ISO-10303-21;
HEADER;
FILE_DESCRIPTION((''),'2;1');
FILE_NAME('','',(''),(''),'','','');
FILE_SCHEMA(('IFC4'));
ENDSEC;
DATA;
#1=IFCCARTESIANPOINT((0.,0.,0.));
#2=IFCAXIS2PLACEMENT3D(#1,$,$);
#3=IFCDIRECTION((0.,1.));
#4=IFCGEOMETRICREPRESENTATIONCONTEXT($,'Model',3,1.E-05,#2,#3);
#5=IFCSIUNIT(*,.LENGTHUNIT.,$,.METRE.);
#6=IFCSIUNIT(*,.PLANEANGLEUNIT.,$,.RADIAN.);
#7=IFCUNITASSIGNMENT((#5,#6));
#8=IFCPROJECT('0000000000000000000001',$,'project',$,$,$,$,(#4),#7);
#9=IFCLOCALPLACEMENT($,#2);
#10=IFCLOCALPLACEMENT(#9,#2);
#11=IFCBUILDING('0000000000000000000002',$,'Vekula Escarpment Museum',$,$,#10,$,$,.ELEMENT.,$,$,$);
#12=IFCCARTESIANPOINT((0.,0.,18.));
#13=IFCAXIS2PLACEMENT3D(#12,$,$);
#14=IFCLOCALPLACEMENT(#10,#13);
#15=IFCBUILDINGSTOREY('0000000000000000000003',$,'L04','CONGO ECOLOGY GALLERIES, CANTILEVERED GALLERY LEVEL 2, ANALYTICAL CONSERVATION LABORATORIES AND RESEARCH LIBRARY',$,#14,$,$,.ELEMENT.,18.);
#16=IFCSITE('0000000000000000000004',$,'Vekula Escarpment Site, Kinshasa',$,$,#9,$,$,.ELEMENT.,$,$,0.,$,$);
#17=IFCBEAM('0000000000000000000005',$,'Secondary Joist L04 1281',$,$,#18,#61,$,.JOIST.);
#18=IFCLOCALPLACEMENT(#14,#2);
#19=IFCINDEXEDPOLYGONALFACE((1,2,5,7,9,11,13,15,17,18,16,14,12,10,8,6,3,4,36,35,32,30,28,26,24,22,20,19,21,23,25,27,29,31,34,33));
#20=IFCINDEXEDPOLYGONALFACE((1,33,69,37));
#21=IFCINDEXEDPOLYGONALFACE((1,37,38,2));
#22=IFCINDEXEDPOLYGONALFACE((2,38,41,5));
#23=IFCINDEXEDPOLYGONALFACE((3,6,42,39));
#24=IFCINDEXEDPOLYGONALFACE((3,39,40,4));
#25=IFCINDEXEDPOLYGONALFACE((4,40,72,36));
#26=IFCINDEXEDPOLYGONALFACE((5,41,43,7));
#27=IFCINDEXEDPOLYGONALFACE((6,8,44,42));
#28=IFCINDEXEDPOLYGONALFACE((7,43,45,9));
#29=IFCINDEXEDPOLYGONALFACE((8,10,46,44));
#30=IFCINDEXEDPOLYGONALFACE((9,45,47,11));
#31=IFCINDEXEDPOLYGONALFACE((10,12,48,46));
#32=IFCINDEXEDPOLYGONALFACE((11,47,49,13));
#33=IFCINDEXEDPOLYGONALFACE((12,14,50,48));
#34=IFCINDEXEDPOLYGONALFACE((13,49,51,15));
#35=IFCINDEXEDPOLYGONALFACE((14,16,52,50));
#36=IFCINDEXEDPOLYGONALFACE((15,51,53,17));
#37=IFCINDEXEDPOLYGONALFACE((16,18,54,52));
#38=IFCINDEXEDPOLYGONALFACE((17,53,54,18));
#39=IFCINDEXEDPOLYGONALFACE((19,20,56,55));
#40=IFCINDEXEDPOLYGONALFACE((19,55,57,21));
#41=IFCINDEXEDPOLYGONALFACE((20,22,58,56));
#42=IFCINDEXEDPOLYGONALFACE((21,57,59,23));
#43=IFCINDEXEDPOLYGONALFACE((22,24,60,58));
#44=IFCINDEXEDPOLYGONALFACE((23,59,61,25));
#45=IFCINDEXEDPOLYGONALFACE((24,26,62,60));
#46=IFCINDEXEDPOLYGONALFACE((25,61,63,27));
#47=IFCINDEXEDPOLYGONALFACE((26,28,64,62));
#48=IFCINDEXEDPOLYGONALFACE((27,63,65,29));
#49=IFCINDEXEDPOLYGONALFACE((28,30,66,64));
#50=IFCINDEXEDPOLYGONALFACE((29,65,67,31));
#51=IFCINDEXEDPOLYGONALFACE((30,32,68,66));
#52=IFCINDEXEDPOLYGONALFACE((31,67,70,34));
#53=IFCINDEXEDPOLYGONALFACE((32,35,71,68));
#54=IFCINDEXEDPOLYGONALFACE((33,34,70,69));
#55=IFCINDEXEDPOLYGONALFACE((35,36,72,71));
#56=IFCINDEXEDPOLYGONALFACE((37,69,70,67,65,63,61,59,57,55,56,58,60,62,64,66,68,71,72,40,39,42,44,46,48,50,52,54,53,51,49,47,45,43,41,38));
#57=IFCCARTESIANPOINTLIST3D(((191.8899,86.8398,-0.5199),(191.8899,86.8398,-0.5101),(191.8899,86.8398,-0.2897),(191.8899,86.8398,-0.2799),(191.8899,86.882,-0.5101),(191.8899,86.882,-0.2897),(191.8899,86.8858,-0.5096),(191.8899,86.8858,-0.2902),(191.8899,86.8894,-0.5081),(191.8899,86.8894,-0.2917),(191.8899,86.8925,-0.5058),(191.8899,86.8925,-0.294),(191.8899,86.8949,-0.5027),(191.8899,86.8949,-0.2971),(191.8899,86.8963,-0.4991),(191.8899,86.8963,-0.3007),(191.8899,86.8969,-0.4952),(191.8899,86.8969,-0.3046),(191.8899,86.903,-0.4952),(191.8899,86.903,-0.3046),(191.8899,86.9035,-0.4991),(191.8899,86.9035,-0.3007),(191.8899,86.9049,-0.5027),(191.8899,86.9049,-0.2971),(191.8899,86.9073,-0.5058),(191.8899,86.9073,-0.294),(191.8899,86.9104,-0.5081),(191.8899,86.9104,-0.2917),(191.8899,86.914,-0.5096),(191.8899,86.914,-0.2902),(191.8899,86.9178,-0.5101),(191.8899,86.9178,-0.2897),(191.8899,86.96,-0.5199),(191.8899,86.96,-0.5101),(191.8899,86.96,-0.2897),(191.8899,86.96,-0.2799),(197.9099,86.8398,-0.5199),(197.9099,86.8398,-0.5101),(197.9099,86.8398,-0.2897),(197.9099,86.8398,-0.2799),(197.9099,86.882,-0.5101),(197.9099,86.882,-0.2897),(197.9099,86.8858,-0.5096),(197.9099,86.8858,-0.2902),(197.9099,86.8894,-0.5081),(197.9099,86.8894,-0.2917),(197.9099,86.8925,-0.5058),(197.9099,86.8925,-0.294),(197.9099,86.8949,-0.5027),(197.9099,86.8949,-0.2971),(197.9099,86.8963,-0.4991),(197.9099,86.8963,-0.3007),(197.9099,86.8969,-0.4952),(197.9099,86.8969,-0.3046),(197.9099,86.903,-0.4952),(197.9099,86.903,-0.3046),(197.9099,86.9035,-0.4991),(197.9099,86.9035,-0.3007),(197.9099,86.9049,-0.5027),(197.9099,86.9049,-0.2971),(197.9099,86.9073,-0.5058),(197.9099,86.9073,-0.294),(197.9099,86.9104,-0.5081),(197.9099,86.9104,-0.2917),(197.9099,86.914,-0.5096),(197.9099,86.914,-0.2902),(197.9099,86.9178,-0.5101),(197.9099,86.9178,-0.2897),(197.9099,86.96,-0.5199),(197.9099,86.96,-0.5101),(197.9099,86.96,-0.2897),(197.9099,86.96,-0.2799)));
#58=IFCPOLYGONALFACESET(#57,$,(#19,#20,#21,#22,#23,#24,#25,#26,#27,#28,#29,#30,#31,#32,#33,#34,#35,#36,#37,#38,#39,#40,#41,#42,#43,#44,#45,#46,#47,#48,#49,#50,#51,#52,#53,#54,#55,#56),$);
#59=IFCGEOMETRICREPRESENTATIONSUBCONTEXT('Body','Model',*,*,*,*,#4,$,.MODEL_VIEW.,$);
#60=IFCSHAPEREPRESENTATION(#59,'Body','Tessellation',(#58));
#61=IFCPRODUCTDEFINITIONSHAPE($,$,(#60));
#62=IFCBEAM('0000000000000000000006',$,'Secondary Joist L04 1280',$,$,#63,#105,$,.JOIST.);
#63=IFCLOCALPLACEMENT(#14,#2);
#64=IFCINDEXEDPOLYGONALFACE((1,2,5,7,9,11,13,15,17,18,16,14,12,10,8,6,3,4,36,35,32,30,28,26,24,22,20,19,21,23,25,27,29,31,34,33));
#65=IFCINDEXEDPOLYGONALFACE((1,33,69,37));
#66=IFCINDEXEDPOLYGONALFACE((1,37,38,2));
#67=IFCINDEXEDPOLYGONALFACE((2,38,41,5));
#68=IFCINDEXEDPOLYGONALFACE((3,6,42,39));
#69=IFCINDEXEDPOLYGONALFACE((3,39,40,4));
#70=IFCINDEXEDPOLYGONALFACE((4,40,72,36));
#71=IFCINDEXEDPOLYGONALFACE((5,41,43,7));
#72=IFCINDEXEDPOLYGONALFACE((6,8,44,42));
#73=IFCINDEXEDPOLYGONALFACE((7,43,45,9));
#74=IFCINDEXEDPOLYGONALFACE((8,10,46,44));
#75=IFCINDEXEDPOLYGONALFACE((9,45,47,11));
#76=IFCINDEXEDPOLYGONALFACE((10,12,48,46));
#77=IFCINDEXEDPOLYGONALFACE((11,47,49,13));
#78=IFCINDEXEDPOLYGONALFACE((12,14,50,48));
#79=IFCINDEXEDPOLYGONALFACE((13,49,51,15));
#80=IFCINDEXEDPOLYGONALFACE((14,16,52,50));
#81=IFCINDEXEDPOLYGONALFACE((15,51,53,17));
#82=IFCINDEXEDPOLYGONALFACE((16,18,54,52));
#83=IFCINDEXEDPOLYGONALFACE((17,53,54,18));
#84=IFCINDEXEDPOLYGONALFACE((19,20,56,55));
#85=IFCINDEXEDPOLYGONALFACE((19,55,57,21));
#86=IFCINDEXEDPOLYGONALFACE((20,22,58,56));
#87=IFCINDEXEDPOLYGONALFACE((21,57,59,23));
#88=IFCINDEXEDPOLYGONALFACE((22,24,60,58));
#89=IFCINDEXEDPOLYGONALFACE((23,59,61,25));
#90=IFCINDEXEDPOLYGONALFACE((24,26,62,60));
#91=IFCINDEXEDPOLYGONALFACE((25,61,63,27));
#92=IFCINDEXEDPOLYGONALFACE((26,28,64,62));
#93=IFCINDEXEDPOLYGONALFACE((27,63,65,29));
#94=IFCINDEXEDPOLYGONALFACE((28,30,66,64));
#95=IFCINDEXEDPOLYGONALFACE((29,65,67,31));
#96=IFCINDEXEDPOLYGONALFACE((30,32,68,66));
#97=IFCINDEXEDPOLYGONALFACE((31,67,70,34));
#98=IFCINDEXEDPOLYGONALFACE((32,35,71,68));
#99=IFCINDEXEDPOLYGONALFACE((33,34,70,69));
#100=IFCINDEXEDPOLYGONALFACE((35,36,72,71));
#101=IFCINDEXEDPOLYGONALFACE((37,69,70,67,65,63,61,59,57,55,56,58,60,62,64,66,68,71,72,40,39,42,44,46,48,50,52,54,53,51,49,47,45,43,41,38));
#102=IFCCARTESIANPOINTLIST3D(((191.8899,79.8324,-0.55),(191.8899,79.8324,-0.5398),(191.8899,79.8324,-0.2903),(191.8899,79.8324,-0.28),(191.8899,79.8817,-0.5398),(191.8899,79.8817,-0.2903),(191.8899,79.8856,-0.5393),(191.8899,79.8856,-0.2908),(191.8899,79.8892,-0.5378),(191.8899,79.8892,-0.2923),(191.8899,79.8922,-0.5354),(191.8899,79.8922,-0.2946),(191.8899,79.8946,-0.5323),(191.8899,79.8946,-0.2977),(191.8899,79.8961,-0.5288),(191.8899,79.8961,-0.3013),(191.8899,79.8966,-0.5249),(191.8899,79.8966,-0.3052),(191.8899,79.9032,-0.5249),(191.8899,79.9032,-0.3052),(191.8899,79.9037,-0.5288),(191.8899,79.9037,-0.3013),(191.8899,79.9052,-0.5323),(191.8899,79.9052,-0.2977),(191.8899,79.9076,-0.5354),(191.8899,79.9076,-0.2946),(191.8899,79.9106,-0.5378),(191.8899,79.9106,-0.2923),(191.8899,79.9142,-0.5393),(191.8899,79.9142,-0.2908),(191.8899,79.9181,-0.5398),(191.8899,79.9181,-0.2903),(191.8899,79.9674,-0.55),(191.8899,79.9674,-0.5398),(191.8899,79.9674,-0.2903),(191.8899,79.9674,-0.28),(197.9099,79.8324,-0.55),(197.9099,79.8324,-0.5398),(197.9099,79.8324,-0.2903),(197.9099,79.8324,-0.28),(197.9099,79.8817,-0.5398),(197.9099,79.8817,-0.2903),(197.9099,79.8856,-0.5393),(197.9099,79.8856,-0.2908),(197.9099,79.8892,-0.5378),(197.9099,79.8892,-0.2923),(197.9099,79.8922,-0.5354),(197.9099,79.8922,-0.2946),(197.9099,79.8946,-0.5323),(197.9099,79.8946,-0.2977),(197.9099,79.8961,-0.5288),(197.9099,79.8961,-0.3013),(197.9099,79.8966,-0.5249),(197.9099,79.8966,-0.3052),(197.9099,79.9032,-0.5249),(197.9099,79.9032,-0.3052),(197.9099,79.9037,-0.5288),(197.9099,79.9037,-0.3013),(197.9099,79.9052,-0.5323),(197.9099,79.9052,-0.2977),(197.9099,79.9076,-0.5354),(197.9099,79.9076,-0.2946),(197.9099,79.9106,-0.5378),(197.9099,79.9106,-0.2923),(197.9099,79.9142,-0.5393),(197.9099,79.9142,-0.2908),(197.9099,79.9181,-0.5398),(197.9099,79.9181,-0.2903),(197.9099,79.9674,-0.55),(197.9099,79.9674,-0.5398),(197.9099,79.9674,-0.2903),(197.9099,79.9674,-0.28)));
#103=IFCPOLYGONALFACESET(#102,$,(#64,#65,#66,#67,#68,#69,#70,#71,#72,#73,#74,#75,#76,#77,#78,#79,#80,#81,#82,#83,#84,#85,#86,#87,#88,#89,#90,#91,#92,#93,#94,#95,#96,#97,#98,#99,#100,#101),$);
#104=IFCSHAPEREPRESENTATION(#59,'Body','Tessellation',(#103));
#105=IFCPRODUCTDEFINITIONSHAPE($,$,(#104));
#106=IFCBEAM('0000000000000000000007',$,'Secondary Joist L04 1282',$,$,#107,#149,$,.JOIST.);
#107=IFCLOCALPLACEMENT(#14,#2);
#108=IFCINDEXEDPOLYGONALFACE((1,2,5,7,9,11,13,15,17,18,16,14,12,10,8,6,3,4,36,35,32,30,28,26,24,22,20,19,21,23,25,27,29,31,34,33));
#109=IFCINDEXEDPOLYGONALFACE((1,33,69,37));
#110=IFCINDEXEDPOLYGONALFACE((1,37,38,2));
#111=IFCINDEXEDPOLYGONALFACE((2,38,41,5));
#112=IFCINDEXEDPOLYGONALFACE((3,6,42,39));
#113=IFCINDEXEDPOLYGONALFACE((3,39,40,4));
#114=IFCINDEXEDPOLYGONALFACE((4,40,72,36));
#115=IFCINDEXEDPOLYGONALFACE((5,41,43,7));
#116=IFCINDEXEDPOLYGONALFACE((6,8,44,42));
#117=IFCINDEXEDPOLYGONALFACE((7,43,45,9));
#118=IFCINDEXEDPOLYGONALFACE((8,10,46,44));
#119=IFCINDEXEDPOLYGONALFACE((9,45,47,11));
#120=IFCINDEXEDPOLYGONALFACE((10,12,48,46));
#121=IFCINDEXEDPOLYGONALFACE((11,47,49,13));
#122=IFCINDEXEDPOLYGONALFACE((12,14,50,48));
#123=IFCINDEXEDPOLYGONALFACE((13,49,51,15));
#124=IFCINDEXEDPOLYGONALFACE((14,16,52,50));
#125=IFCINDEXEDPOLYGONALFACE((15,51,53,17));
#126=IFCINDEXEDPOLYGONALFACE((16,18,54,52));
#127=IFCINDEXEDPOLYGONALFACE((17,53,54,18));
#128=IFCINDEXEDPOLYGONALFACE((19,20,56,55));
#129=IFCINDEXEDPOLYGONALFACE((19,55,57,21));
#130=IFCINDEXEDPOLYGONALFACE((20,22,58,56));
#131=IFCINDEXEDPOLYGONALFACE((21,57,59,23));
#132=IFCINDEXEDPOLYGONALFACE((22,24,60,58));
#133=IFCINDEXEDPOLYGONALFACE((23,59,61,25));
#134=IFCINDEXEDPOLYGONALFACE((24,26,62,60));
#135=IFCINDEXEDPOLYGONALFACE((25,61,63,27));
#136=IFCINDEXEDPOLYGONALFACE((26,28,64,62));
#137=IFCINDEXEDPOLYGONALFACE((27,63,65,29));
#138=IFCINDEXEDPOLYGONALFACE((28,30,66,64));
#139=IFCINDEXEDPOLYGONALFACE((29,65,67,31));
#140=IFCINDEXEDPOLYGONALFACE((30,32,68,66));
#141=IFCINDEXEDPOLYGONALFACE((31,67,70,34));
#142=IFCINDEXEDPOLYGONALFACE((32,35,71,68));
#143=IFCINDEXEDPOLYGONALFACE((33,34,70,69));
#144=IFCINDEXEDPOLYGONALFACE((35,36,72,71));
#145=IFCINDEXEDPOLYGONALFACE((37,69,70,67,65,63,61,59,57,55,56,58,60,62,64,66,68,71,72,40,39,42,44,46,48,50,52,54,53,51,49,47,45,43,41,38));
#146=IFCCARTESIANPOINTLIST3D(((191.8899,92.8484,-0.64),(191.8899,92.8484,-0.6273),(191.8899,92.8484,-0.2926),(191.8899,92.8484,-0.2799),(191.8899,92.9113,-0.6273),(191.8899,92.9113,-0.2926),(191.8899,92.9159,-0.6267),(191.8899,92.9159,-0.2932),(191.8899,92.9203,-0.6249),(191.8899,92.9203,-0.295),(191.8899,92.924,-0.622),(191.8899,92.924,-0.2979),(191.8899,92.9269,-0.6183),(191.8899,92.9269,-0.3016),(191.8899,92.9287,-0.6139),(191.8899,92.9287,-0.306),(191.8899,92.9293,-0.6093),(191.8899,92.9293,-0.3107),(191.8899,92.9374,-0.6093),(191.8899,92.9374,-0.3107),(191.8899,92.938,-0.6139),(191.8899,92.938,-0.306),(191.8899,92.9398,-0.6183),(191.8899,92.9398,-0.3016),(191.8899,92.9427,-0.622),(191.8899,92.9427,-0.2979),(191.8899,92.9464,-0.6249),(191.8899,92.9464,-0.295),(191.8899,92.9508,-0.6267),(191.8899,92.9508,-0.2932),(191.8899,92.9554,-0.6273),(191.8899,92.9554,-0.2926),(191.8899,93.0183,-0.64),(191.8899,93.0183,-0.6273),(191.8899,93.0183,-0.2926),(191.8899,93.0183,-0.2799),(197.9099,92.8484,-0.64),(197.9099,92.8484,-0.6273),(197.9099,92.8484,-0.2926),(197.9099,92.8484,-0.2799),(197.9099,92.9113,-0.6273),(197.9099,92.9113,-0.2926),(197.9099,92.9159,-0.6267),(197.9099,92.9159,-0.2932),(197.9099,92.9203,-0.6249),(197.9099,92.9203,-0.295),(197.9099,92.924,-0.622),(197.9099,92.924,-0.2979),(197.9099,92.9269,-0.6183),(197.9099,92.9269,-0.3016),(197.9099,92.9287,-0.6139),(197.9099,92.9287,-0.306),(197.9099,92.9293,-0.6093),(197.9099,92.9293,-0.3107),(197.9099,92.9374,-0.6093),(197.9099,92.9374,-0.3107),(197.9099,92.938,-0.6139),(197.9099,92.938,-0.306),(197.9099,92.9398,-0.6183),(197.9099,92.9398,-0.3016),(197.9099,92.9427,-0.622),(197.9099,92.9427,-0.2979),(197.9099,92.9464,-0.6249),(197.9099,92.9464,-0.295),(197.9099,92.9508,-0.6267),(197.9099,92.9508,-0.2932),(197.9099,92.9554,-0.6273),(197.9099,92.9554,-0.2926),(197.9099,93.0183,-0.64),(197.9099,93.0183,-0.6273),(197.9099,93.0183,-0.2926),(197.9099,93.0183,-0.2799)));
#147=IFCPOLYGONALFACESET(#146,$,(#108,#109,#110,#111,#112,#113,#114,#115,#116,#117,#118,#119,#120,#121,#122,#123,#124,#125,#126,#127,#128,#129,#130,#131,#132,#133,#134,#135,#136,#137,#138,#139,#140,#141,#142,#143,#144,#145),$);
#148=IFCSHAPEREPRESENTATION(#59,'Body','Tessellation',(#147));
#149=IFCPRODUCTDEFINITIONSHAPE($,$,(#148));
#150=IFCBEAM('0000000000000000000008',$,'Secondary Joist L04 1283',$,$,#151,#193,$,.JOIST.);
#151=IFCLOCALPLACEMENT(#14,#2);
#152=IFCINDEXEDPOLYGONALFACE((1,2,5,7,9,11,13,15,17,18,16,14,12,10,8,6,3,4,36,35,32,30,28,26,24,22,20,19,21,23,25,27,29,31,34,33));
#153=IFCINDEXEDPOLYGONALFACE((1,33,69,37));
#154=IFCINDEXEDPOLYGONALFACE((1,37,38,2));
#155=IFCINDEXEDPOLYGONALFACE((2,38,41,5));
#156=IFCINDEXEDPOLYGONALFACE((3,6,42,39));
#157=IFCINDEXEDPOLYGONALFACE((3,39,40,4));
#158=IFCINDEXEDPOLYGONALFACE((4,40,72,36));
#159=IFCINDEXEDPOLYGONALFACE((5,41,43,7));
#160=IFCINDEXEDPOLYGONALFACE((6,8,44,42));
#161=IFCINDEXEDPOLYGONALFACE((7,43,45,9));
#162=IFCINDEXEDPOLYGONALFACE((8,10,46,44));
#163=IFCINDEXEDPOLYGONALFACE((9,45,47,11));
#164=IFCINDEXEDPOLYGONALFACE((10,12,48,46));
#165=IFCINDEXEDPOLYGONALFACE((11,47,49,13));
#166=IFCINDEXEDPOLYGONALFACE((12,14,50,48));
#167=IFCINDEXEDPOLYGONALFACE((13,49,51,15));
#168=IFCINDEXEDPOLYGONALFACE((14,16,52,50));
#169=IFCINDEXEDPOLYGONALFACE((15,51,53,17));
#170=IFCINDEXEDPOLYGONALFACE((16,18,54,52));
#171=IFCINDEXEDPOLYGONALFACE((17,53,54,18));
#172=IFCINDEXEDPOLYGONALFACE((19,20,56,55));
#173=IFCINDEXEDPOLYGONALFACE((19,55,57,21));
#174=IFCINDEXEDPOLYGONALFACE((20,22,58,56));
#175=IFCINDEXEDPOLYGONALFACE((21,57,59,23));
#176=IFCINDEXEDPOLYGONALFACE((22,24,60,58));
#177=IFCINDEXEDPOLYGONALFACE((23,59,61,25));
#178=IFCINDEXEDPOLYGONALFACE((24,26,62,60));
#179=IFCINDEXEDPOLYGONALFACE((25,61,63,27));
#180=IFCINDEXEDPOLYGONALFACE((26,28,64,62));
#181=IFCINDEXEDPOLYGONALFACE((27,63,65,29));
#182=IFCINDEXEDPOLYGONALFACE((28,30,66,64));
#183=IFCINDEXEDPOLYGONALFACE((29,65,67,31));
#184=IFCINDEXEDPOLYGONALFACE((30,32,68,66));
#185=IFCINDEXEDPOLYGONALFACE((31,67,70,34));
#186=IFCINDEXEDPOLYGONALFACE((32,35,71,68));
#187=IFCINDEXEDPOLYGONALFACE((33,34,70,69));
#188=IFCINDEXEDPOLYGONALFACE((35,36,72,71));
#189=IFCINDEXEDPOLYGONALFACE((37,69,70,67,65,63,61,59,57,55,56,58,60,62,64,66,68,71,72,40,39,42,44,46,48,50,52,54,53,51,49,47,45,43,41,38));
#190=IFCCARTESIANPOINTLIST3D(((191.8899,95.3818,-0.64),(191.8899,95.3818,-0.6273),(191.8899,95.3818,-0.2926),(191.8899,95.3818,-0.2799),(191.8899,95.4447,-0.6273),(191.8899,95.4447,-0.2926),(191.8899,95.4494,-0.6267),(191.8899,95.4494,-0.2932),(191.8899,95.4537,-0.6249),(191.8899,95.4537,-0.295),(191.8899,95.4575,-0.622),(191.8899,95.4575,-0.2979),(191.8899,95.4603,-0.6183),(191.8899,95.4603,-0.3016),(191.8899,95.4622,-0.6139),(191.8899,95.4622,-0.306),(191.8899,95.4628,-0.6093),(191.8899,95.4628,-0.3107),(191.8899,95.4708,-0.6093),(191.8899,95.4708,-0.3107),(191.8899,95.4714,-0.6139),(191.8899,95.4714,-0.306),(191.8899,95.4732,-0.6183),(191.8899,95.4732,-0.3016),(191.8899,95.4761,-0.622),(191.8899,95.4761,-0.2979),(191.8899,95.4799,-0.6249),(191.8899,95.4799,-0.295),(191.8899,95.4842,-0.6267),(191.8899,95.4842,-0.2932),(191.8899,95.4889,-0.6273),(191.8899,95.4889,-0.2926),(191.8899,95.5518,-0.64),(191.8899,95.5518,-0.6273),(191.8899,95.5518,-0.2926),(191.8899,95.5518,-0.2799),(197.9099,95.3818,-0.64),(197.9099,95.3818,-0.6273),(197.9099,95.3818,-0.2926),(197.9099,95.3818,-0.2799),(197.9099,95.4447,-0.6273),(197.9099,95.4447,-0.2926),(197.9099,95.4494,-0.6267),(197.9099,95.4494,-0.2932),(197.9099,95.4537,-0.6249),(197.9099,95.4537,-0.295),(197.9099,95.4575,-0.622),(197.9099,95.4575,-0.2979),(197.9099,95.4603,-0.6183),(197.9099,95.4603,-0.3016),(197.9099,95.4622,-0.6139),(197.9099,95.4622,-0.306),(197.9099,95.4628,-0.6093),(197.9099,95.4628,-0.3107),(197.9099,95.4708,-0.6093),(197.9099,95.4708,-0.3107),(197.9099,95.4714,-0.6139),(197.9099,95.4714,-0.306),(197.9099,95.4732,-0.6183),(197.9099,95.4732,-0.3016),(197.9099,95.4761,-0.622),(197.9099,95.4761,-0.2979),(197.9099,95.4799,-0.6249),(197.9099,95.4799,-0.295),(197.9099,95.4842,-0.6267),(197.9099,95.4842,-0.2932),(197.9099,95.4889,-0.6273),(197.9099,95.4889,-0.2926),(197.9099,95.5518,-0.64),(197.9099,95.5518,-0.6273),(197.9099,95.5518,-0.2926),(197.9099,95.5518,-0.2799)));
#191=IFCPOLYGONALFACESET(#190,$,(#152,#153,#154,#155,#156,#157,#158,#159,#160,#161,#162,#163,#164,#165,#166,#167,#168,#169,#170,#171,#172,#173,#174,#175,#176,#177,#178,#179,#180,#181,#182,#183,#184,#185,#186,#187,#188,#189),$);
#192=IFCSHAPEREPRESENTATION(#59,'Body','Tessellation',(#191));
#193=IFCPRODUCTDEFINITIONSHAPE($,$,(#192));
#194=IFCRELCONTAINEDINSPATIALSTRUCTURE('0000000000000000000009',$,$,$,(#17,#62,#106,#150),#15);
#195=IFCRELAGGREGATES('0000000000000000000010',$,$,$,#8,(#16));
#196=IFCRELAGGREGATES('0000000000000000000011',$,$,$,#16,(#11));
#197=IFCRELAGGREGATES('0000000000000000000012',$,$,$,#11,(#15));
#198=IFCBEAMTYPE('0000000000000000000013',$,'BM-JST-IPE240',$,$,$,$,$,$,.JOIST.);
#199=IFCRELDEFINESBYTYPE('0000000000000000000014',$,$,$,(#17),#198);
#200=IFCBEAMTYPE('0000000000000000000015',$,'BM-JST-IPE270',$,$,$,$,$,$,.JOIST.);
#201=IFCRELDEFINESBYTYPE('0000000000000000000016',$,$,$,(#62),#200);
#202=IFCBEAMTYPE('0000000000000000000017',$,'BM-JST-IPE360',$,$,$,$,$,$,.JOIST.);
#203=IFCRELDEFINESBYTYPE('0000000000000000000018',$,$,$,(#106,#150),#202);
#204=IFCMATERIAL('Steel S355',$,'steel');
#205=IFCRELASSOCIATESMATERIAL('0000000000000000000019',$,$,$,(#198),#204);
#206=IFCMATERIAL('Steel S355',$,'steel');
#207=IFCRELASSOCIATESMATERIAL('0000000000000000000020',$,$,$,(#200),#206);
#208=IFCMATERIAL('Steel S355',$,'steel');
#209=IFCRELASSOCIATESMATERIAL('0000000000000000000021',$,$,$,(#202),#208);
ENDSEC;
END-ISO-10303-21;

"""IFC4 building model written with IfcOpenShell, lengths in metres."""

from ifc_helpers import new_model, si_unit, direction, frame, origin, origin_2d, place, context, subcontext, project, spatial, i_section, extrude, material, material_profile, profile_set, type_object, element, save


model = new_model("IFC4")

# Units and contexts
model_context = context("Model", 3, precision=1e-05, world=origin(), true_north=direction((0.0, 1.0)))
body_context = subcontext(model_context, "Body", "Model", "MODEL_VIEW")
ifc_project = project(units=[si_unit("LENGTHUNIT", "METRE"), si_unit("PLANEANGLEUNIT", "RADIAN")], contexts=[model_context])

# Site, building, storey
site_placement = place(None, origin())
site = spatial("IfcSite", under=ifc_project, at=site_placement, Name="Vekula Escarpment Site, Kinshasa", CompositionType="ELEMENT", RefElevation=0.0)
building_placement = place(site_placement, origin())
building = spatial("IfcBuilding", under=site, at=building_placement, Name="Vekula Escarpment Museum", CompositionType="ELEMENT")
storey_placement = place(building_placement, frame((0.0, 0.0, 18.0)))
storey = spatial("IfcBuildingStorey", under=building, at=storey_placement, Name="L04", Description="CONGO ECOLOGY GALLERIES, CANTILEVERED GALLERY LEVEL 2, ANALYTICAL CONSERVATION LABORATORIES AND RESEARCH LIBRARY", CompositionType="ELEMENT", Elevation=18.0)

# Beams
ifc_material_1 = material(Name="Steel S355", Category="steel")
ifc_material_profile_1 = material_profile(ifc_material_1, i_section(OverallWidth=0.1201, OverallDepth=0.24, WebThickness=0.0061, FlangeThickness=0.0098, FilletRadius=0.0149, at=origin_2d()), Name="IPE 240")
ifc_profile_set_1 = profile_set([ifc_material_profile_1], Name="Steel S355")
beam_type_1 = type_object("IfcBeamType", Name="BM-JST-IPE240", PredefinedType="JOIST", material=ifc_profile_set_1)
beam_1_placement = place(storey_placement, frame((191.8899, 86.8999, -0.3999), z_axis=(1.0, 0.0, 0.0), x_axis=(0.0, 1.0, 0.0)))
element("IfcBeam", 1, at=beam_1_placement, inside=storey, type_object=beam_type_1, Name="Secondary Joist L04 1281", PredefinedType="JOIST", context=body_context, shape_type="SweptSolid", body=[
    extrude(i_section(OverallWidth=0.1201, OverallDepth=0.24, WebThickness=0.0061, FlangeThickness=0.0098, FilletRadius=0.0149, at=origin_2d()), origin(), (0.0, 0.0, 1.0), 6.02),
])
ifc_material_2 = material(Name="Steel S355", Category="steel")
ifc_material_profile_2 = material_profile(ifc_material_2, i_section(OverallWidth=0.135, OverallDepth=0.27, WebThickness=0.0066, FlangeThickness=0.0103, FilletRadius=0.0149, at=origin_2d()), Name="IPE 270")
ifc_profile_set_2 = profile_set([ifc_material_profile_2], Name="Steel S355")
beam_type_2 = type_object("IfcBeamType", Name="BM-JST-IPE270", PredefinedType="JOIST", material=ifc_profile_set_2)
beam_2_placement = place(storey_placement, frame((191.8899, 79.8999, -0.415), z_axis=(1.0, 0.0, 0.0), x_axis=(0.0, 1.0, 0.0)))
element("IfcBeam", 2, at=beam_2_placement, inside=storey, type_object=beam_type_2, Name="Secondary Joist L04 1280", PredefinedType="JOIST", context=body_context, shape_type="SweptSolid", body=[
    extrude(i_section(OverallWidth=0.135, OverallDepth=0.27, WebThickness=0.0066, FlangeThickness=0.0103, FilletRadius=0.0149, at=origin_2d()), origin(), (0.0, 0.0, 1.0), 6.02),
])
ifc_material_3 = material(Name="Steel S355", Category="steel")
ifc_material_profile_3 = material_profile(ifc_material_3, i_section(OverallWidth=0.1699, OverallDepth=0.3601, WebThickness=0.0081, FlangeThickness=0.0127, FilletRadius=0.0181, at=origin_2d()), Name="IPE 360")
ifc_profile_set_3 = profile_set([ifc_material_profile_3], Name="Steel S355")
beam_type_3 = type_object("IfcBeamType", Name="BM-JST-IPE360", PredefinedType="JOIST", material=ifc_profile_set_3)
for number, where, z_axis, x_axis, name in (
    (3, (191.8899, 92.9333, -0.46), (1.0, 0.0, 0.0), (0.0, 1.0, 0.0), "Secondary Joist L04 1282"),
    (4, (191.8899, 95.4668, -0.46), (1.0, 0.0, 0.0), (0.0, 1.0, 0.0), "Secondary Joist L04 1283"),
):
    element("IfcBeam", number, at=place(storey_placement, frame(where, z_axis=z_axis, x_axis=x_axis)), inside=storey, type_object=beam_type_3, Name=name, PredefinedType="JOIST", context=body_context, shape_type="SweptSolid", body=[
        extrude(i_section(OverallWidth=0.1699, OverallDepth=0.3601, WebThickness=0.0081, FlangeThickness=0.0127, FilletRadius=0.0181, at=origin_2d()), origin(), (0.0, 0.0, 1.0), 6.02),
    ])

save(model, "model.ifc")
